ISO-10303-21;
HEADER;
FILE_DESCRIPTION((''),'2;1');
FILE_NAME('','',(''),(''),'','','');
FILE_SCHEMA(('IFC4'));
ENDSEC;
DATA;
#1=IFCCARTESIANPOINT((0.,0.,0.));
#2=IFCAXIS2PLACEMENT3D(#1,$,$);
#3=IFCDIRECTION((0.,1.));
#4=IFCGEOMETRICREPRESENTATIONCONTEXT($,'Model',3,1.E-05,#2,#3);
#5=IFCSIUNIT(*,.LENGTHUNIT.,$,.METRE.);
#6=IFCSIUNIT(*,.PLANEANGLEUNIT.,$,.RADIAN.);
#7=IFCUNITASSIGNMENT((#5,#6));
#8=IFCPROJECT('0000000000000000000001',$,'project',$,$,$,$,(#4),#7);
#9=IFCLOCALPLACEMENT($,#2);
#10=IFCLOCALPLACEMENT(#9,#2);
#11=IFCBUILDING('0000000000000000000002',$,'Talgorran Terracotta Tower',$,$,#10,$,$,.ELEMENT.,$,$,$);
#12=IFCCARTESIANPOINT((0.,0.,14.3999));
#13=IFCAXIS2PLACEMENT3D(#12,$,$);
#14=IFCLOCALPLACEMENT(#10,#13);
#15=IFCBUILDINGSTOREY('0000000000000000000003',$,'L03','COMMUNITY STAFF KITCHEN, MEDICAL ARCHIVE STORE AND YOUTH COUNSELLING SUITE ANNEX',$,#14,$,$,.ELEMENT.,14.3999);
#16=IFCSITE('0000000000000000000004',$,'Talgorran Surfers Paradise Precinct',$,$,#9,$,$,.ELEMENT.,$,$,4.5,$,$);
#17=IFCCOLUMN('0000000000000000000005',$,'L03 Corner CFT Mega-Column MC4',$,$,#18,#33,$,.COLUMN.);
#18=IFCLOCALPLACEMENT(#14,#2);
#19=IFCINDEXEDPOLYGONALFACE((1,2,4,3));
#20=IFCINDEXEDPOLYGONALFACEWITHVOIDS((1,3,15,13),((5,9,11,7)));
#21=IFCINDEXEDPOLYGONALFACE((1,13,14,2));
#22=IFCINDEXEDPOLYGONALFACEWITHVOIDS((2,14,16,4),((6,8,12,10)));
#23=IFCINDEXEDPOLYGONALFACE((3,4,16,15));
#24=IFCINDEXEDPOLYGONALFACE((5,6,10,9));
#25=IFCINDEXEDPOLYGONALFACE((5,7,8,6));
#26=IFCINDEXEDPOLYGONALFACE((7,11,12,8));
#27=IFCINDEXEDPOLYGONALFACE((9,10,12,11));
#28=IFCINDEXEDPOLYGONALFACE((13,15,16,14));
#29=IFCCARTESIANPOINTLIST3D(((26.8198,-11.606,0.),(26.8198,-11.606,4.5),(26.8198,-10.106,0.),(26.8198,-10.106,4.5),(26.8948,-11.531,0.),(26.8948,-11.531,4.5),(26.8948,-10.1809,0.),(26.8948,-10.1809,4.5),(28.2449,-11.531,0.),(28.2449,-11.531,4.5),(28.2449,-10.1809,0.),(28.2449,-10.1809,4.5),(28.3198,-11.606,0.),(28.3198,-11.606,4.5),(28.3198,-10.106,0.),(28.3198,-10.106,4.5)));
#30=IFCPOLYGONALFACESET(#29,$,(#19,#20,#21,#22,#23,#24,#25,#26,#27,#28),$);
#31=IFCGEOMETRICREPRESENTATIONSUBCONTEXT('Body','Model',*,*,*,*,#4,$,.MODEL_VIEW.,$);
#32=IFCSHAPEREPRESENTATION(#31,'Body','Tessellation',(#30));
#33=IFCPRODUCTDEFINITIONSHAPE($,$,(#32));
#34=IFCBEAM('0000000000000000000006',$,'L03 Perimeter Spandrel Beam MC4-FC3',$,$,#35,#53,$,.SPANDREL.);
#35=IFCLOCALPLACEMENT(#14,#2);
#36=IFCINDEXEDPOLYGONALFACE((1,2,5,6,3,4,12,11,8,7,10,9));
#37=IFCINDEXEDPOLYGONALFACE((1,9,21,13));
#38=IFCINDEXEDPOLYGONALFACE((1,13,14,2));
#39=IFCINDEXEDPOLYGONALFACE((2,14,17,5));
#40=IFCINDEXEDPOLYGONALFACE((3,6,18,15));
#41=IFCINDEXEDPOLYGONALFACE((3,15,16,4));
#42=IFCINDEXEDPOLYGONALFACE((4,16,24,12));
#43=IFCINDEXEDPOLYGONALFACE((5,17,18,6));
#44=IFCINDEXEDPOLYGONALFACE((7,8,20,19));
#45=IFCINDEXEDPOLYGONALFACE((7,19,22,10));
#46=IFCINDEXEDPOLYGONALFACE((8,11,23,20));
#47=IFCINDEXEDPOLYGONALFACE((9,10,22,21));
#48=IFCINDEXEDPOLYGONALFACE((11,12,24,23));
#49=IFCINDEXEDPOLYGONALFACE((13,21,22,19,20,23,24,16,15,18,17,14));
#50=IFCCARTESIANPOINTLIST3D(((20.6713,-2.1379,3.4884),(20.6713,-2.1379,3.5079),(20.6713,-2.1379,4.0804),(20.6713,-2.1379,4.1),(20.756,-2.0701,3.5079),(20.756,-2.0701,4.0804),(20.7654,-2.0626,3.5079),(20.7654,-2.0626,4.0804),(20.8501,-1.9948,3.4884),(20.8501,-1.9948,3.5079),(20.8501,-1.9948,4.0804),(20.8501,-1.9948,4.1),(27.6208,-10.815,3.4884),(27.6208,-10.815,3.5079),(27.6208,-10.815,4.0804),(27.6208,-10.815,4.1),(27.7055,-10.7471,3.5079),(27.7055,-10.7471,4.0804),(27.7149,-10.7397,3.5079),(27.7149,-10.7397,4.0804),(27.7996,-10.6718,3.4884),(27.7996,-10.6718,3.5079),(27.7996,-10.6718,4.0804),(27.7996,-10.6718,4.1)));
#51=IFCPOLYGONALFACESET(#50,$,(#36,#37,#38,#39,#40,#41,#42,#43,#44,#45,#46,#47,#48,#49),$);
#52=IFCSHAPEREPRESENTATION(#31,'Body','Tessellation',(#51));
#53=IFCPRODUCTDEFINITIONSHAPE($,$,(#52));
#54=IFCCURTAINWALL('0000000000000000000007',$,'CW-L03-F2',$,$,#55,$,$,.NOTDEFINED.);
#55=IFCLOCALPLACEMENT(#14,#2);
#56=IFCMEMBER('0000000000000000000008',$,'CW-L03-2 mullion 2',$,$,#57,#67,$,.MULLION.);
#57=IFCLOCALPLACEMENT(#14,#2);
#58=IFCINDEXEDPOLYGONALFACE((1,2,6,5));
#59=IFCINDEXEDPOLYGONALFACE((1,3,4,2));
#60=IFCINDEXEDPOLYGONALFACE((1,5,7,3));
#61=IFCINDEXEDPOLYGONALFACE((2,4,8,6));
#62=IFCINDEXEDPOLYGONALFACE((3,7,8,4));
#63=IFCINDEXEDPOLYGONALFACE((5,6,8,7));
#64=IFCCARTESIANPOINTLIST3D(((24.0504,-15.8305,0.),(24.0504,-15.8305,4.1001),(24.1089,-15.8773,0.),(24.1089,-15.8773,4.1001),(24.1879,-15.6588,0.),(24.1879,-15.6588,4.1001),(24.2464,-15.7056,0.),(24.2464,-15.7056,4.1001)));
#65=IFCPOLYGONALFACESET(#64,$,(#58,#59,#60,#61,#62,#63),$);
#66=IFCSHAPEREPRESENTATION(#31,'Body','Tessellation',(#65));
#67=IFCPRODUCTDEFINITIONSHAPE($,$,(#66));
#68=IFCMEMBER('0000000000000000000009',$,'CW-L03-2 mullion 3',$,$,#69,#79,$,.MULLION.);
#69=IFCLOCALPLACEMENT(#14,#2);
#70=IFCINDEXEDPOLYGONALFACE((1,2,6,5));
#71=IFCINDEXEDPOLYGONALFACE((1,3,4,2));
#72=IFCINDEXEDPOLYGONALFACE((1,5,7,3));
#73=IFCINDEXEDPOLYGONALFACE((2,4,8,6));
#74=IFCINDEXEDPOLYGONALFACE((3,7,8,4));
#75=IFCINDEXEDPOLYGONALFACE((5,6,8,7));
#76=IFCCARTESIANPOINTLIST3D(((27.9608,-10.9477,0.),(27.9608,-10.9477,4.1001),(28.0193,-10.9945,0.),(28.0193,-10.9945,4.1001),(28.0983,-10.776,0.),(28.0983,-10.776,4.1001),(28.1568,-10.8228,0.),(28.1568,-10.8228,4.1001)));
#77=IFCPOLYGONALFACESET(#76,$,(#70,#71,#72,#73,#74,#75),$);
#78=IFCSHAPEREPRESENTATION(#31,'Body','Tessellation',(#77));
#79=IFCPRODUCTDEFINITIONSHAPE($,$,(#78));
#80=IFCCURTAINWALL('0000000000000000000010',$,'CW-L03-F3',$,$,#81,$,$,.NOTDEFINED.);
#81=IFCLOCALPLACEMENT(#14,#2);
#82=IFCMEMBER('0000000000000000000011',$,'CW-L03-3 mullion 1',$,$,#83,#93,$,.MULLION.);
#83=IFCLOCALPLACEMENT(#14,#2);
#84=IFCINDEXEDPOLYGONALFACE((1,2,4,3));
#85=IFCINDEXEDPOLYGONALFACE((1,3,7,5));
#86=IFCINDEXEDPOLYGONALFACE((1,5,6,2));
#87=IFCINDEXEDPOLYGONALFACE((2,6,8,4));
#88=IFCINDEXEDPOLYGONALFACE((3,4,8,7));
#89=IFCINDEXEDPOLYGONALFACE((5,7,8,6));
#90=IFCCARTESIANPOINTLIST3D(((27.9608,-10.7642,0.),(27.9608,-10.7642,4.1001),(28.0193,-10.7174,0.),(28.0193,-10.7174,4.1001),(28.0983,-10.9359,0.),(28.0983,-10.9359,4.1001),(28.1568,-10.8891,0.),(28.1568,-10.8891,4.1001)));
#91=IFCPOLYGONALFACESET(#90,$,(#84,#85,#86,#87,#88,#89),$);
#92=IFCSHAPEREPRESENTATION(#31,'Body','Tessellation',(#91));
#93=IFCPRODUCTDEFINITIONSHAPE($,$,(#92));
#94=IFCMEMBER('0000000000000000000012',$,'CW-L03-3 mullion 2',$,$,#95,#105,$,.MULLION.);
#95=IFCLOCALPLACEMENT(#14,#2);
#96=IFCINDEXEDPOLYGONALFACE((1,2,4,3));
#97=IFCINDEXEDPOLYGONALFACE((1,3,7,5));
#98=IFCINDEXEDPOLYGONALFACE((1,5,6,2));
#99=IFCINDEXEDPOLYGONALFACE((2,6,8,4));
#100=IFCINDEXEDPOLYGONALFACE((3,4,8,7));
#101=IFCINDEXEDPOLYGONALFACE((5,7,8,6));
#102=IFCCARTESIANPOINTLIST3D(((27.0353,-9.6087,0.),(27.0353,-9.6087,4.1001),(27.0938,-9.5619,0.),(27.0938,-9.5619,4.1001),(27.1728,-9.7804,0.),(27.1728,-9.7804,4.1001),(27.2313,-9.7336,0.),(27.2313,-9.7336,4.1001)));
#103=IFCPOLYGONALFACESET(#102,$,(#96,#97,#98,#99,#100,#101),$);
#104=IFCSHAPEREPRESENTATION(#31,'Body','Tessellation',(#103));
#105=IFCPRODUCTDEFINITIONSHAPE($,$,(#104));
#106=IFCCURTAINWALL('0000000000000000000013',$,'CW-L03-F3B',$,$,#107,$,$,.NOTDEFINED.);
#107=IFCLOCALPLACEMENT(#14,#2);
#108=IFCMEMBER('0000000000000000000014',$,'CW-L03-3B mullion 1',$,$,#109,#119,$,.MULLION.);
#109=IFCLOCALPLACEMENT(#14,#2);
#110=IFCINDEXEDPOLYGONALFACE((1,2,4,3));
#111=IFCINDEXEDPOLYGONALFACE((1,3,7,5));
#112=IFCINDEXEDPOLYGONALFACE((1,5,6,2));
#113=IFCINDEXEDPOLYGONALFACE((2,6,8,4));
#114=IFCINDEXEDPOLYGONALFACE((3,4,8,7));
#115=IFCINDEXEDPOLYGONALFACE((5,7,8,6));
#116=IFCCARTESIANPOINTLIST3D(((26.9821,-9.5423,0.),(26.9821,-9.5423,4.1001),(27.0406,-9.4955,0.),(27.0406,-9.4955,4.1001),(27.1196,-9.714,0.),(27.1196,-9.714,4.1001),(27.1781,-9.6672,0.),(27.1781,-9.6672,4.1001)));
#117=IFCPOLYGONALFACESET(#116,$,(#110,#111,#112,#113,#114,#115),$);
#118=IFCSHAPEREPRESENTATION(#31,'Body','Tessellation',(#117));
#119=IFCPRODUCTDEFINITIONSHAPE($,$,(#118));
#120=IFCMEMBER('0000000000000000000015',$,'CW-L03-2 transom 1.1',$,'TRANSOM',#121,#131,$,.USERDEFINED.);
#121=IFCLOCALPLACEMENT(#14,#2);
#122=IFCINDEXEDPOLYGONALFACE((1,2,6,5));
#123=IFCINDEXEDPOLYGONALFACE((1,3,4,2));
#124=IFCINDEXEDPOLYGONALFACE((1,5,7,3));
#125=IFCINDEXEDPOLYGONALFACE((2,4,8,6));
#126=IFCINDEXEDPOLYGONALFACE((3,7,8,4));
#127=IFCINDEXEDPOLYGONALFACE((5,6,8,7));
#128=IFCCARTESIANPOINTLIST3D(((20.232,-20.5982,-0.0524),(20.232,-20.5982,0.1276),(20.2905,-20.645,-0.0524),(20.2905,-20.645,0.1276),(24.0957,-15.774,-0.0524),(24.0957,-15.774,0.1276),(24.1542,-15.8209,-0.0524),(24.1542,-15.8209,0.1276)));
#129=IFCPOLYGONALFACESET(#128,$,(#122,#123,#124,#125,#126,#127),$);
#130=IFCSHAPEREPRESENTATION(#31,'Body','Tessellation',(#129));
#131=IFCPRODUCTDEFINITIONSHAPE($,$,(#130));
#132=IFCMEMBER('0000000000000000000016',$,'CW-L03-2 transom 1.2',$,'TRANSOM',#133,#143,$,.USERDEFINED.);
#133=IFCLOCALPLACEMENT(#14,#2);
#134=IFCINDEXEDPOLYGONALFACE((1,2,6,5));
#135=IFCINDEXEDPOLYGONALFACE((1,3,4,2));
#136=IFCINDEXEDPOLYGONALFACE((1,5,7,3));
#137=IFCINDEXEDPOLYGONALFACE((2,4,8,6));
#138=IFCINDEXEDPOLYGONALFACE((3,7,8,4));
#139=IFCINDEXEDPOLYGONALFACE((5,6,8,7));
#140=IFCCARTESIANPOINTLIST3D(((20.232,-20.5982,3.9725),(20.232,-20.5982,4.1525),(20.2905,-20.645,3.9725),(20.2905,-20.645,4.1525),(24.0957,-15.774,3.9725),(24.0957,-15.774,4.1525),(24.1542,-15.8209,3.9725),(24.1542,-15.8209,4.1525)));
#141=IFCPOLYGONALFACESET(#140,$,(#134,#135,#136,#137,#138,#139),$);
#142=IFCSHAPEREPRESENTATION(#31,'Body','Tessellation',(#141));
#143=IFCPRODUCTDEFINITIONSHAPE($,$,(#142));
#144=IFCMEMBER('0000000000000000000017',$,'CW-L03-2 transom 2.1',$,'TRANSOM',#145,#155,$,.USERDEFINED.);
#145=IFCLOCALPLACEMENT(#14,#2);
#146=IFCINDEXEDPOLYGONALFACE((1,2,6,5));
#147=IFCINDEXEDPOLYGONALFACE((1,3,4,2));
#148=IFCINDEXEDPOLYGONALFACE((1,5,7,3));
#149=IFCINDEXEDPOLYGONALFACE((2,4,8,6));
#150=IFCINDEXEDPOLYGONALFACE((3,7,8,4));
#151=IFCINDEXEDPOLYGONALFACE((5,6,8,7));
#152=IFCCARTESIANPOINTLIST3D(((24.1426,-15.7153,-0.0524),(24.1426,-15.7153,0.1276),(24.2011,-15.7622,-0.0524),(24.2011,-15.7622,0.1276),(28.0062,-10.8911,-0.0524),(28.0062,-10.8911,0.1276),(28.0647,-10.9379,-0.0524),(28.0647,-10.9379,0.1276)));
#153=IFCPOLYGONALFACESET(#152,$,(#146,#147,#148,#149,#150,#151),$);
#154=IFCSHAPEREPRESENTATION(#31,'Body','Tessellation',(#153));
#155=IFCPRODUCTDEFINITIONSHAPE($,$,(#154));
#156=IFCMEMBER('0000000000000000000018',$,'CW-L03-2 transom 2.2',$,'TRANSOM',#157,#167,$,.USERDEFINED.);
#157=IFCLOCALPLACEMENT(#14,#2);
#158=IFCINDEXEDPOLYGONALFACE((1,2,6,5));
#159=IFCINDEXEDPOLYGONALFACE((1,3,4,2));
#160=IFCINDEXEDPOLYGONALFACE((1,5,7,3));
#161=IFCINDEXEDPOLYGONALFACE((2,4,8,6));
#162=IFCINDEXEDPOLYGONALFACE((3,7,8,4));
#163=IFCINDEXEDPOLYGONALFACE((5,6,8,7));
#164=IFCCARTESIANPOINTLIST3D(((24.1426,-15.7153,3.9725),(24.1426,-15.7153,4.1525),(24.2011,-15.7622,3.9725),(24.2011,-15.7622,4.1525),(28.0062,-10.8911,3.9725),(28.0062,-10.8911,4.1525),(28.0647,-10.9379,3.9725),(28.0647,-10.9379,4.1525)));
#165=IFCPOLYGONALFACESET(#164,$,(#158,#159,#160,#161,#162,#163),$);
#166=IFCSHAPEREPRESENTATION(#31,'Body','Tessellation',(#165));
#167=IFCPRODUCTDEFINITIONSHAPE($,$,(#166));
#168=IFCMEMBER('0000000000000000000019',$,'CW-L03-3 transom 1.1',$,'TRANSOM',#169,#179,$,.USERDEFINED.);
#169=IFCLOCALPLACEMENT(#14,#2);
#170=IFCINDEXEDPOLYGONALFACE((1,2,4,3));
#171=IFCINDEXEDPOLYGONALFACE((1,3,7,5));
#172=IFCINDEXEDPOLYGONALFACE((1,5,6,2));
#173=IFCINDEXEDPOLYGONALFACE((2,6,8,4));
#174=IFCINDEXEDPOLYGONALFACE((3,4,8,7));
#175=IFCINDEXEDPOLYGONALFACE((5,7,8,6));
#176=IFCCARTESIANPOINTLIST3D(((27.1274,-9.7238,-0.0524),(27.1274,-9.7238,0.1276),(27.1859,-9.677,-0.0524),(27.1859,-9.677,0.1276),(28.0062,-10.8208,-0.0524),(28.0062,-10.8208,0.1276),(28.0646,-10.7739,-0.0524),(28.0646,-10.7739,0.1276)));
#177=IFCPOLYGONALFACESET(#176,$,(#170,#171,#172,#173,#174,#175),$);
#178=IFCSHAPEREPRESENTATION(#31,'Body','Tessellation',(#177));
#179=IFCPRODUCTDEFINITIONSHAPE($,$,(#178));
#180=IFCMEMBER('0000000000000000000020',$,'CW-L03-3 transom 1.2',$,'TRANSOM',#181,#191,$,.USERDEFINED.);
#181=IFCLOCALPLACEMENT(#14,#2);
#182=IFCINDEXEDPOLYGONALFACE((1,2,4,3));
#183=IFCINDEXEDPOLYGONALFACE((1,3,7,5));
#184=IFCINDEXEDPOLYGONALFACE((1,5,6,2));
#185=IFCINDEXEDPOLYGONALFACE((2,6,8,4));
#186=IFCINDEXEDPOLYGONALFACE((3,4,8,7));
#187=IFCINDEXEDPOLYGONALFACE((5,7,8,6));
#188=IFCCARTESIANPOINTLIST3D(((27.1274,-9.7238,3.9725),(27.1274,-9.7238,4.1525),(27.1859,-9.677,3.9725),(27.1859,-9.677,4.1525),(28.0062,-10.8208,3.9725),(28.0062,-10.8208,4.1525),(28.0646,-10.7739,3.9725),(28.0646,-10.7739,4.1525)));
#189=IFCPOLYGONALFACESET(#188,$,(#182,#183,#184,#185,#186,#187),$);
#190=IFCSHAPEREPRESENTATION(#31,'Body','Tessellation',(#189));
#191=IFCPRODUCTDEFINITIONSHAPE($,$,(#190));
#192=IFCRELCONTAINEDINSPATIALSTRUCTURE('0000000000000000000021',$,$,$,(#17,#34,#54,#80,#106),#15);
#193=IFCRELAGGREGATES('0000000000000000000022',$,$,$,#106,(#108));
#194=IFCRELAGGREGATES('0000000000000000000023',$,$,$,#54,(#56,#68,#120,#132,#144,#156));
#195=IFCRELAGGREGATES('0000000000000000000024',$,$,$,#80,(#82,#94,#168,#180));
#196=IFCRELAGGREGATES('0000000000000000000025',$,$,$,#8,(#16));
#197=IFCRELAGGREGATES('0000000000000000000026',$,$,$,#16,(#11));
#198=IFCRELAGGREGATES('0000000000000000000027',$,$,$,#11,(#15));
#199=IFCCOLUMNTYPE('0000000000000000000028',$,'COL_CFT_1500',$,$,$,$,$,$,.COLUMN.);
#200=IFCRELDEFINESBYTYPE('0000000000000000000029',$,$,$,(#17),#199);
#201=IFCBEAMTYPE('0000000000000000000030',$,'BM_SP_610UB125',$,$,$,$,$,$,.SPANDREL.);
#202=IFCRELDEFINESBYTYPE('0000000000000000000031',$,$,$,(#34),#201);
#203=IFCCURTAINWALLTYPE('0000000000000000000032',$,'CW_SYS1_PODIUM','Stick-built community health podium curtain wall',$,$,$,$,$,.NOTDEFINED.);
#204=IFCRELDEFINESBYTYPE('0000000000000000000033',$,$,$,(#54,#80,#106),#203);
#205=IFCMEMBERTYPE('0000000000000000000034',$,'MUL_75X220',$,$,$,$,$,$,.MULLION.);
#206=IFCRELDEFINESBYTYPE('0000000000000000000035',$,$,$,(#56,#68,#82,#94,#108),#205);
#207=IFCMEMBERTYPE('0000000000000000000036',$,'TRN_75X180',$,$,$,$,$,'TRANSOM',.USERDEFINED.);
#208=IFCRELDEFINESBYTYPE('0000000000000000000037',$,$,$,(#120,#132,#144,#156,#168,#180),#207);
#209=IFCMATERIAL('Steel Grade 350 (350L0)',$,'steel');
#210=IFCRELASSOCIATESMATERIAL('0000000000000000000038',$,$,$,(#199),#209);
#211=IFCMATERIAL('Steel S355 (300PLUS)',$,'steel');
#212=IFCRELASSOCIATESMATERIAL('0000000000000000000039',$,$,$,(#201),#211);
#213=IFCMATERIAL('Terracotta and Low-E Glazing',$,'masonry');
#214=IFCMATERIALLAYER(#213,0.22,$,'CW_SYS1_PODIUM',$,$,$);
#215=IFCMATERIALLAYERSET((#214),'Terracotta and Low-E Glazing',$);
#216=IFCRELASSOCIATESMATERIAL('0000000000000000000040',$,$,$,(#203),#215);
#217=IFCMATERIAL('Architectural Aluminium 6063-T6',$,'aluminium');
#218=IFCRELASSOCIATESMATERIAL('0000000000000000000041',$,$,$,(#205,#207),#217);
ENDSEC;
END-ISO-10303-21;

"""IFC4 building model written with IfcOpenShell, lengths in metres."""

from ifc_helpers import new_model, si_unit, direction, frame, origin, origin_2d, place, context, subcontext, project, spatial, rectangle, hollow_rectangle, i_section, extrude, material, layer, layer_set, material_profile, profile_set, type_object, element, aggregate, save


model = new_model("IFC4")

# Units and contexts
model_context = context("Model", 3, precision=1e-05, world=origin(), true_north=direction((0.0, 1.0)))
body_context = subcontext(model_context, "Body", "Model", "MODEL_VIEW")
ifc_project = project(units=[si_unit("LENGTHUNIT", "METRE"), si_unit("PLANEANGLEUNIT", "RADIAN")], contexts=[model_context])

# Site, building, storey
site_placement = place(None, origin())
site = spatial("IfcSite", under=ifc_project, at=site_placement, Name="Talgorran Surfers Paradise Precinct", CompositionType="ELEMENT", RefElevation=4.5)
building_placement = place(site_placement, origin())
building = spatial("IfcBuilding", under=site, at=building_placement, Name="Talgorran Terracotta Tower", CompositionType="ELEMENT")
storey_placement = place(building_placement, frame((0.0, 0.0, 14.3999)))
storey = spatial("IfcBuildingStorey", under=building, at=storey_placement, Name="L03", Description="COMMUNITY STAFF KITCHEN, MEDICAL ARCHIVE STORE AND YOUTH COUNSELLING SUITE ANNEX", CompositionType="ELEMENT", Elevation=14.3999)

# Column
ifc_material_1 = material(Name="Steel Grade 350 (350L0)", Category="steel")
ifc_material_profile_1 = material_profile(ifc_material_1, hollow_rectangle(XDim=1.5, YDim=1.5, WallThickness=0.075, at=origin_2d()), Name="CFT1500X1500X75")
ifc_profile_set_1 = profile_set([ifc_material_profile_1], Name="Steel Grade 350 (350L0)")
column_type = type_object("IfcColumnType", Name="COL_CFT_1500", PredefinedType="COLUMN", material=ifc_profile_set_1)
column_placement = place(storey_placement, frame((27.5698, -10.856, 0.0), z_axis=(0.0, 0.0, 1.0), x_axis=(1.0, 0.0, 0.0)))
element("IfcColumn", 1, at=column_placement, inside=storey, type_object=column_type, Name="L03 Corner CFT Mega-Column MC4", PredefinedType="COLUMN", context=body_context, shape_type="SweptSolid", body=[
    extrude(hollow_rectangle(XDim=1.5, YDim=1.5, WallThickness=0.075, at=origin_2d()), origin(), (0.0, 0.0, 1.0), 4.5),
])

# Beam
ifc_material_2 = material(Name="Steel S355 (300PLUS)", Category="steel")
ifc_material_profile_2 = material_profile(ifc_material_2, i_section(OverallWidth=0.229, OverallDepth=0.6116, WebThickness=0.012, FlangeThickness=0.0195, at=origin_2d()), Name="610UB125")
ifc_profile_set_2 = profile_set([ifc_material_profile_2], Name="Steel S355 (300PLUS)")
beam_type = type_object("IfcBeamType", Name="BM_SP_610UB125", PredefinedType="SPANDREL", material=ifc_profile_set_2)
beam_placement = place(storey_placement, frame((27.7102, -10.7434, 3.7942), z_axis=(-0.625126, 0.780524, 0.0), x_axis=(-0.780524, -0.625126, 0.0)))
element("IfcBeam", 2, at=beam_placement, inside=storey, type_object=beam_type, Name="L03 Perimeter Spandrel Beam MC4-FC3", PredefinedType="SPANDREL", context=body_context, shape_type="SweptSolid", body=[
    extrude(i_section(OverallWidth=0.229, OverallDepth=0.6116, WebThickness=0.012, FlangeThickness=0.0195, at=origin_2d()), origin(), (0.0, 0.0, 1.0), 11.1169),
])

# Curtain walls, members
ifc_material_3 = material(Name="Terracotta and Low-E Glazing", Category="masonry")
ifc_layer_1 = layer(ifc_material_3, 0.22, Name="CW_SYS1_PODIUM")
ifc_layer_set_1 = layer_set([ifc_layer_1], Name="Terracotta and Low-E Glazing")
curtain_wall_type = type_object("IfcCurtainWallType", Name="CW_SYS1_PODIUM", Description="Stick-built community health podium curtain wall", PredefinedType="NOTDEFINED", material=ifc_layer_set_1)
curtain_wall_1_placement = place(storey_placement, origin())
curtain_wall_1 = element("IfcCurtainWall", 3, at=curtain_wall_1_placement, inside=storey, type_object=curtain_wall_type, Name="CW-L03-F2", PredefinedType="NOTDEFINED")
ifc_material_4 = material(Name="Architectural Aluminium 6063-T6", Category="aluminium")
ifc_material_profile_3 = material_profile(ifc_material_4, rectangle(XDim=0.075, YDim=0.22, at=origin_2d()), Name="CWM75X220")
ifc_profile_set_3 = profile_set([ifc_material_profile_3], Name="Architectural Aluminium 6063-T6")
member_type_1 = type_object("IfcMemberType", Name="MUL_75X220", PredefinedType="MULLION", material=ifc_profile_set_3)
member_1_placement = place(storey_placement, frame((24.1484, -15.7681, 0.0), z_axis=(0.0, 0.0, 1.0), x_axis=(-0.780532, 0.625116, 0.0)))
member_1 = element("IfcMember", 4, at=member_1_placement, type_object=member_type_1, Name="CW-L03-2 mullion 2", PredefinedType="MULLION", context=body_context, shape_type="SweptSolid", body=[
    extrude(rectangle(XDim=0.075, YDim=0.22, at=origin_2d()), origin(), (0.0, 0.0, 1.0), 4.1001),
])
member_2_placement = place(storey_placement, frame((28.0588, -10.8853, 0.0), z_axis=(0.0, 0.0, 1.0), x_axis=(-0.780532, 0.625116, 0.0)))
member_2 = element("IfcMember", 5, at=member_2_placement, type_object=member_type_1, Name="CW-L03-2 mullion 3", PredefinedType="MULLION", context=body_context, shape_type="SweptSolid", body=[
    extrude(rectangle(XDim=0.075, YDim=0.22, at=origin_2d()), origin(), (0.0, 0.0, 1.0), 4.1001),
])
curtain_wall_2_placement = place(storey_placement, origin())
curtain_wall_2 = element("IfcCurtainWall", 6, at=curtain_wall_2_placement, inside=storey, type_object=curtain_wall_type, Name="CW-L03-F3", PredefinedType="NOTDEFINED")
member_3_placement = place(storey_placement, frame((28.0588, -10.8267, 0.0), z_axis=(0.0, 0.0, 1.0), x_axis=(-0.780543, -0.625103, 0.0)))
member_3 = element("IfcMember", 7, at=member_3_placement, type_object=member_type_1, Name="CW-L03-3 mullion 1", PredefinedType="MULLION", context=body_context, shape_type="SweptSolid", body=[
    extrude(rectangle(XDim=0.075, YDim=0.22, at=origin_2d()), origin(), (0.0, 0.0, 1.0), 4.1001),
])
member_4_placement = place(storey_placement, frame((27.1333, -9.6711, 0.0), z_axis=(0.0, 0.0, 1.0), x_axis=(-0.780543, -0.625103, 0.0)))
member_4 = element("IfcMember", 8, at=member_4_placement, type_object=member_type_1, Name="CW-L03-3 mullion 2", PredefinedType="MULLION", context=body_context, shape_type="SweptSolid", body=[
    extrude(rectangle(XDim=0.075, YDim=0.22, at=origin_2d()), origin(), (0.0, 0.0, 1.0), 4.1001),
])

# Curtain wall, member
curtain_wall_3_placement = place(storey_placement, origin())
curtain_wall_3 = element("IfcCurtainWall", 9, at=curtain_wall_3_placement, inside=storey, type_object=curtain_wall_type, Name="CW-L03-F3B", PredefinedType="NOTDEFINED")
member_5_placement = place(storey_placement, frame((27.0801, -9.6047, 0.0), z_axis=(0.0, 0.0, 1.0), x_axis=(-0.780524, -0.625126, 0.0)))
member_5 = element("IfcMember", 10, at=member_5_placement, type_object=member_type_1, Name="CW-L03-3B mullion 1", PredefinedType="MULLION", context=body_context, shape_type="SweptSolid", body=[
    extrude(rectangle(XDim=0.075, YDim=0.22, at=origin_2d()), origin(), (0.0, 0.0, 1.0), 4.1001),
])

# Members
ifc_material_profile_4 = material_profile(ifc_material_4, rectangle(XDim=0.075, YDim=0.1799, at=origin_2d()), Name="CWT75X180")
ifc_profile_set_4 = profile_set([ifc_material_profile_4], Name="Architectural Aluminium 6063-T6")
member_type_2 = type_object("IfcMemberType", Name="TRN_75X180", ElementType="TRANSOM", PredefinedType="USERDEFINED", material=ifc_profile_set_4)
member_6_placement = place(storey_placement, frame((20.2612, -20.6216, 0.0376), z_axis=(0.625128, 0.780522, 0.0), x_axis=(-0.780522, 0.625128, 0.0)))
member_6 = element("IfcMember", 11, at=member_6_placement, type_object=member_type_2, Name="CW-L03-2 transom 1.1", ObjectType="TRANSOM", PredefinedType="USERDEFINED", context=body_context, shape_type="SweptSolid", body=[
    extrude(rectangle(XDim=0.075, YDim=0.1799, at=origin_2d()), origin(), (0.0, 0.0, 1.0), 6.1807),
])
member_7_placement = place(storey_placement, frame((20.2612, -20.6216, 4.0625), z_axis=(0.625128, 0.780522, 0.0), x_axis=(-0.780522, 0.625128, 0.0)))
member_7 = element("IfcMember", 12, at=member_7_placement, type_object=member_type_2, Name="CW-L03-2 transom 1.2", ObjectType="TRANSOM", PredefinedType="USERDEFINED", context=body_context, shape_type="SweptSolid", body=[
    extrude(rectangle(XDim=0.075, YDim=0.1799, at=origin_2d()), origin(), (0.0, 0.0, 1.0), 6.1807),
])
member_8_placement = place(storey_placement, frame((24.1719, -15.7388, 0.0376), z_axis=(0.625104, 0.780541, 0.0), x_axis=(-0.780541, 0.625104, 0.0)))
member_8 = element("IfcMember", 13, at=member_8_placement, type_object=member_type_2, Name="CW-L03-2 transom 2.1", ObjectType="TRANSOM", PredefinedType="USERDEFINED", context=body_context, shape_type="SweptSolid", body=[
    extrude(rectangle(XDim=0.075, YDim=0.1799, at=origin_2d()), origin(), (0.0, 0.0, 1.0), 6.1807),
])
member_9_placement = place(storey_placement, frame((24.1719, -15.7388, 4.0625), z_axis=(0.625104, 0.780541, 0.0), x_axis=(-0.780541, 0.625104, 0.0)))
member_9 = element("IfcMember", 14, at=member_9_placement, type_object=member_type_2, Name="CW-L03-2 transom 2.2", ObjectType="TRANSOM", PredefinedType="USERDEFINED", context=body_context, shape_type="SweptSolid", body=[
    extrude(rectangle(XDim=0.075, YDim=0.1799, at=origin_2d()), origin(), (0.0, 0.0, 1.0), 6.1807),
])
member_10_placement = place(storey_placement, frame((28.0354, -10.7974, 0.0376), z_axis=(-0.625182, 0.780479, 0.0), x_axis=(-0.780479, -0.625182, 0.0)))
member_10 = element("IfcMember", 15, at=member_10_placement, type_object=member_type_2, Name="CW-L03-3 transom 1.1", ObjectType="TRANSOM", PredefinedType="USERDEFINED", context=body_context, shape_type="SweptSolid", body=[
    extrude(rectangle(XDim=0.075, YDim=0.1799, at=origin_2d()), origin(), (0.0, 0.0, 1.0), 1.4055),
])
member_11_placement = place(storey_placement, frame((28.0354, -10.7974, 4.0625), z_axis=(-0.625182, 0.780479, 0.0), x_axis=(-0.780479, -0.625182, 0.0)))
member_11 = element("IfcMember", 16, at=member_11_placement, type_object=member_type_2, Name="CW-L03-3 transom 1.2", ObjectType="TRANSOM", PredefinedType="USERDEFINED", context=body_context, shape_type="SweptSolid", body=[
    extrude(rectangle(XDim=0.075, YDim=0.1799, at=origin_2d()), origin(), (0.0, 0.0, 1.0), 1.4055),
])
aggregate(curtain_wall_3, [member_5])

aggregate(curtain_wall_1, [member_1, member_2, member_6, member_7, member_8, member_9])
aggregate(curtain_wall_2, [member_3, member_4, member_10, member_11])

save(model, "model.ifc")
